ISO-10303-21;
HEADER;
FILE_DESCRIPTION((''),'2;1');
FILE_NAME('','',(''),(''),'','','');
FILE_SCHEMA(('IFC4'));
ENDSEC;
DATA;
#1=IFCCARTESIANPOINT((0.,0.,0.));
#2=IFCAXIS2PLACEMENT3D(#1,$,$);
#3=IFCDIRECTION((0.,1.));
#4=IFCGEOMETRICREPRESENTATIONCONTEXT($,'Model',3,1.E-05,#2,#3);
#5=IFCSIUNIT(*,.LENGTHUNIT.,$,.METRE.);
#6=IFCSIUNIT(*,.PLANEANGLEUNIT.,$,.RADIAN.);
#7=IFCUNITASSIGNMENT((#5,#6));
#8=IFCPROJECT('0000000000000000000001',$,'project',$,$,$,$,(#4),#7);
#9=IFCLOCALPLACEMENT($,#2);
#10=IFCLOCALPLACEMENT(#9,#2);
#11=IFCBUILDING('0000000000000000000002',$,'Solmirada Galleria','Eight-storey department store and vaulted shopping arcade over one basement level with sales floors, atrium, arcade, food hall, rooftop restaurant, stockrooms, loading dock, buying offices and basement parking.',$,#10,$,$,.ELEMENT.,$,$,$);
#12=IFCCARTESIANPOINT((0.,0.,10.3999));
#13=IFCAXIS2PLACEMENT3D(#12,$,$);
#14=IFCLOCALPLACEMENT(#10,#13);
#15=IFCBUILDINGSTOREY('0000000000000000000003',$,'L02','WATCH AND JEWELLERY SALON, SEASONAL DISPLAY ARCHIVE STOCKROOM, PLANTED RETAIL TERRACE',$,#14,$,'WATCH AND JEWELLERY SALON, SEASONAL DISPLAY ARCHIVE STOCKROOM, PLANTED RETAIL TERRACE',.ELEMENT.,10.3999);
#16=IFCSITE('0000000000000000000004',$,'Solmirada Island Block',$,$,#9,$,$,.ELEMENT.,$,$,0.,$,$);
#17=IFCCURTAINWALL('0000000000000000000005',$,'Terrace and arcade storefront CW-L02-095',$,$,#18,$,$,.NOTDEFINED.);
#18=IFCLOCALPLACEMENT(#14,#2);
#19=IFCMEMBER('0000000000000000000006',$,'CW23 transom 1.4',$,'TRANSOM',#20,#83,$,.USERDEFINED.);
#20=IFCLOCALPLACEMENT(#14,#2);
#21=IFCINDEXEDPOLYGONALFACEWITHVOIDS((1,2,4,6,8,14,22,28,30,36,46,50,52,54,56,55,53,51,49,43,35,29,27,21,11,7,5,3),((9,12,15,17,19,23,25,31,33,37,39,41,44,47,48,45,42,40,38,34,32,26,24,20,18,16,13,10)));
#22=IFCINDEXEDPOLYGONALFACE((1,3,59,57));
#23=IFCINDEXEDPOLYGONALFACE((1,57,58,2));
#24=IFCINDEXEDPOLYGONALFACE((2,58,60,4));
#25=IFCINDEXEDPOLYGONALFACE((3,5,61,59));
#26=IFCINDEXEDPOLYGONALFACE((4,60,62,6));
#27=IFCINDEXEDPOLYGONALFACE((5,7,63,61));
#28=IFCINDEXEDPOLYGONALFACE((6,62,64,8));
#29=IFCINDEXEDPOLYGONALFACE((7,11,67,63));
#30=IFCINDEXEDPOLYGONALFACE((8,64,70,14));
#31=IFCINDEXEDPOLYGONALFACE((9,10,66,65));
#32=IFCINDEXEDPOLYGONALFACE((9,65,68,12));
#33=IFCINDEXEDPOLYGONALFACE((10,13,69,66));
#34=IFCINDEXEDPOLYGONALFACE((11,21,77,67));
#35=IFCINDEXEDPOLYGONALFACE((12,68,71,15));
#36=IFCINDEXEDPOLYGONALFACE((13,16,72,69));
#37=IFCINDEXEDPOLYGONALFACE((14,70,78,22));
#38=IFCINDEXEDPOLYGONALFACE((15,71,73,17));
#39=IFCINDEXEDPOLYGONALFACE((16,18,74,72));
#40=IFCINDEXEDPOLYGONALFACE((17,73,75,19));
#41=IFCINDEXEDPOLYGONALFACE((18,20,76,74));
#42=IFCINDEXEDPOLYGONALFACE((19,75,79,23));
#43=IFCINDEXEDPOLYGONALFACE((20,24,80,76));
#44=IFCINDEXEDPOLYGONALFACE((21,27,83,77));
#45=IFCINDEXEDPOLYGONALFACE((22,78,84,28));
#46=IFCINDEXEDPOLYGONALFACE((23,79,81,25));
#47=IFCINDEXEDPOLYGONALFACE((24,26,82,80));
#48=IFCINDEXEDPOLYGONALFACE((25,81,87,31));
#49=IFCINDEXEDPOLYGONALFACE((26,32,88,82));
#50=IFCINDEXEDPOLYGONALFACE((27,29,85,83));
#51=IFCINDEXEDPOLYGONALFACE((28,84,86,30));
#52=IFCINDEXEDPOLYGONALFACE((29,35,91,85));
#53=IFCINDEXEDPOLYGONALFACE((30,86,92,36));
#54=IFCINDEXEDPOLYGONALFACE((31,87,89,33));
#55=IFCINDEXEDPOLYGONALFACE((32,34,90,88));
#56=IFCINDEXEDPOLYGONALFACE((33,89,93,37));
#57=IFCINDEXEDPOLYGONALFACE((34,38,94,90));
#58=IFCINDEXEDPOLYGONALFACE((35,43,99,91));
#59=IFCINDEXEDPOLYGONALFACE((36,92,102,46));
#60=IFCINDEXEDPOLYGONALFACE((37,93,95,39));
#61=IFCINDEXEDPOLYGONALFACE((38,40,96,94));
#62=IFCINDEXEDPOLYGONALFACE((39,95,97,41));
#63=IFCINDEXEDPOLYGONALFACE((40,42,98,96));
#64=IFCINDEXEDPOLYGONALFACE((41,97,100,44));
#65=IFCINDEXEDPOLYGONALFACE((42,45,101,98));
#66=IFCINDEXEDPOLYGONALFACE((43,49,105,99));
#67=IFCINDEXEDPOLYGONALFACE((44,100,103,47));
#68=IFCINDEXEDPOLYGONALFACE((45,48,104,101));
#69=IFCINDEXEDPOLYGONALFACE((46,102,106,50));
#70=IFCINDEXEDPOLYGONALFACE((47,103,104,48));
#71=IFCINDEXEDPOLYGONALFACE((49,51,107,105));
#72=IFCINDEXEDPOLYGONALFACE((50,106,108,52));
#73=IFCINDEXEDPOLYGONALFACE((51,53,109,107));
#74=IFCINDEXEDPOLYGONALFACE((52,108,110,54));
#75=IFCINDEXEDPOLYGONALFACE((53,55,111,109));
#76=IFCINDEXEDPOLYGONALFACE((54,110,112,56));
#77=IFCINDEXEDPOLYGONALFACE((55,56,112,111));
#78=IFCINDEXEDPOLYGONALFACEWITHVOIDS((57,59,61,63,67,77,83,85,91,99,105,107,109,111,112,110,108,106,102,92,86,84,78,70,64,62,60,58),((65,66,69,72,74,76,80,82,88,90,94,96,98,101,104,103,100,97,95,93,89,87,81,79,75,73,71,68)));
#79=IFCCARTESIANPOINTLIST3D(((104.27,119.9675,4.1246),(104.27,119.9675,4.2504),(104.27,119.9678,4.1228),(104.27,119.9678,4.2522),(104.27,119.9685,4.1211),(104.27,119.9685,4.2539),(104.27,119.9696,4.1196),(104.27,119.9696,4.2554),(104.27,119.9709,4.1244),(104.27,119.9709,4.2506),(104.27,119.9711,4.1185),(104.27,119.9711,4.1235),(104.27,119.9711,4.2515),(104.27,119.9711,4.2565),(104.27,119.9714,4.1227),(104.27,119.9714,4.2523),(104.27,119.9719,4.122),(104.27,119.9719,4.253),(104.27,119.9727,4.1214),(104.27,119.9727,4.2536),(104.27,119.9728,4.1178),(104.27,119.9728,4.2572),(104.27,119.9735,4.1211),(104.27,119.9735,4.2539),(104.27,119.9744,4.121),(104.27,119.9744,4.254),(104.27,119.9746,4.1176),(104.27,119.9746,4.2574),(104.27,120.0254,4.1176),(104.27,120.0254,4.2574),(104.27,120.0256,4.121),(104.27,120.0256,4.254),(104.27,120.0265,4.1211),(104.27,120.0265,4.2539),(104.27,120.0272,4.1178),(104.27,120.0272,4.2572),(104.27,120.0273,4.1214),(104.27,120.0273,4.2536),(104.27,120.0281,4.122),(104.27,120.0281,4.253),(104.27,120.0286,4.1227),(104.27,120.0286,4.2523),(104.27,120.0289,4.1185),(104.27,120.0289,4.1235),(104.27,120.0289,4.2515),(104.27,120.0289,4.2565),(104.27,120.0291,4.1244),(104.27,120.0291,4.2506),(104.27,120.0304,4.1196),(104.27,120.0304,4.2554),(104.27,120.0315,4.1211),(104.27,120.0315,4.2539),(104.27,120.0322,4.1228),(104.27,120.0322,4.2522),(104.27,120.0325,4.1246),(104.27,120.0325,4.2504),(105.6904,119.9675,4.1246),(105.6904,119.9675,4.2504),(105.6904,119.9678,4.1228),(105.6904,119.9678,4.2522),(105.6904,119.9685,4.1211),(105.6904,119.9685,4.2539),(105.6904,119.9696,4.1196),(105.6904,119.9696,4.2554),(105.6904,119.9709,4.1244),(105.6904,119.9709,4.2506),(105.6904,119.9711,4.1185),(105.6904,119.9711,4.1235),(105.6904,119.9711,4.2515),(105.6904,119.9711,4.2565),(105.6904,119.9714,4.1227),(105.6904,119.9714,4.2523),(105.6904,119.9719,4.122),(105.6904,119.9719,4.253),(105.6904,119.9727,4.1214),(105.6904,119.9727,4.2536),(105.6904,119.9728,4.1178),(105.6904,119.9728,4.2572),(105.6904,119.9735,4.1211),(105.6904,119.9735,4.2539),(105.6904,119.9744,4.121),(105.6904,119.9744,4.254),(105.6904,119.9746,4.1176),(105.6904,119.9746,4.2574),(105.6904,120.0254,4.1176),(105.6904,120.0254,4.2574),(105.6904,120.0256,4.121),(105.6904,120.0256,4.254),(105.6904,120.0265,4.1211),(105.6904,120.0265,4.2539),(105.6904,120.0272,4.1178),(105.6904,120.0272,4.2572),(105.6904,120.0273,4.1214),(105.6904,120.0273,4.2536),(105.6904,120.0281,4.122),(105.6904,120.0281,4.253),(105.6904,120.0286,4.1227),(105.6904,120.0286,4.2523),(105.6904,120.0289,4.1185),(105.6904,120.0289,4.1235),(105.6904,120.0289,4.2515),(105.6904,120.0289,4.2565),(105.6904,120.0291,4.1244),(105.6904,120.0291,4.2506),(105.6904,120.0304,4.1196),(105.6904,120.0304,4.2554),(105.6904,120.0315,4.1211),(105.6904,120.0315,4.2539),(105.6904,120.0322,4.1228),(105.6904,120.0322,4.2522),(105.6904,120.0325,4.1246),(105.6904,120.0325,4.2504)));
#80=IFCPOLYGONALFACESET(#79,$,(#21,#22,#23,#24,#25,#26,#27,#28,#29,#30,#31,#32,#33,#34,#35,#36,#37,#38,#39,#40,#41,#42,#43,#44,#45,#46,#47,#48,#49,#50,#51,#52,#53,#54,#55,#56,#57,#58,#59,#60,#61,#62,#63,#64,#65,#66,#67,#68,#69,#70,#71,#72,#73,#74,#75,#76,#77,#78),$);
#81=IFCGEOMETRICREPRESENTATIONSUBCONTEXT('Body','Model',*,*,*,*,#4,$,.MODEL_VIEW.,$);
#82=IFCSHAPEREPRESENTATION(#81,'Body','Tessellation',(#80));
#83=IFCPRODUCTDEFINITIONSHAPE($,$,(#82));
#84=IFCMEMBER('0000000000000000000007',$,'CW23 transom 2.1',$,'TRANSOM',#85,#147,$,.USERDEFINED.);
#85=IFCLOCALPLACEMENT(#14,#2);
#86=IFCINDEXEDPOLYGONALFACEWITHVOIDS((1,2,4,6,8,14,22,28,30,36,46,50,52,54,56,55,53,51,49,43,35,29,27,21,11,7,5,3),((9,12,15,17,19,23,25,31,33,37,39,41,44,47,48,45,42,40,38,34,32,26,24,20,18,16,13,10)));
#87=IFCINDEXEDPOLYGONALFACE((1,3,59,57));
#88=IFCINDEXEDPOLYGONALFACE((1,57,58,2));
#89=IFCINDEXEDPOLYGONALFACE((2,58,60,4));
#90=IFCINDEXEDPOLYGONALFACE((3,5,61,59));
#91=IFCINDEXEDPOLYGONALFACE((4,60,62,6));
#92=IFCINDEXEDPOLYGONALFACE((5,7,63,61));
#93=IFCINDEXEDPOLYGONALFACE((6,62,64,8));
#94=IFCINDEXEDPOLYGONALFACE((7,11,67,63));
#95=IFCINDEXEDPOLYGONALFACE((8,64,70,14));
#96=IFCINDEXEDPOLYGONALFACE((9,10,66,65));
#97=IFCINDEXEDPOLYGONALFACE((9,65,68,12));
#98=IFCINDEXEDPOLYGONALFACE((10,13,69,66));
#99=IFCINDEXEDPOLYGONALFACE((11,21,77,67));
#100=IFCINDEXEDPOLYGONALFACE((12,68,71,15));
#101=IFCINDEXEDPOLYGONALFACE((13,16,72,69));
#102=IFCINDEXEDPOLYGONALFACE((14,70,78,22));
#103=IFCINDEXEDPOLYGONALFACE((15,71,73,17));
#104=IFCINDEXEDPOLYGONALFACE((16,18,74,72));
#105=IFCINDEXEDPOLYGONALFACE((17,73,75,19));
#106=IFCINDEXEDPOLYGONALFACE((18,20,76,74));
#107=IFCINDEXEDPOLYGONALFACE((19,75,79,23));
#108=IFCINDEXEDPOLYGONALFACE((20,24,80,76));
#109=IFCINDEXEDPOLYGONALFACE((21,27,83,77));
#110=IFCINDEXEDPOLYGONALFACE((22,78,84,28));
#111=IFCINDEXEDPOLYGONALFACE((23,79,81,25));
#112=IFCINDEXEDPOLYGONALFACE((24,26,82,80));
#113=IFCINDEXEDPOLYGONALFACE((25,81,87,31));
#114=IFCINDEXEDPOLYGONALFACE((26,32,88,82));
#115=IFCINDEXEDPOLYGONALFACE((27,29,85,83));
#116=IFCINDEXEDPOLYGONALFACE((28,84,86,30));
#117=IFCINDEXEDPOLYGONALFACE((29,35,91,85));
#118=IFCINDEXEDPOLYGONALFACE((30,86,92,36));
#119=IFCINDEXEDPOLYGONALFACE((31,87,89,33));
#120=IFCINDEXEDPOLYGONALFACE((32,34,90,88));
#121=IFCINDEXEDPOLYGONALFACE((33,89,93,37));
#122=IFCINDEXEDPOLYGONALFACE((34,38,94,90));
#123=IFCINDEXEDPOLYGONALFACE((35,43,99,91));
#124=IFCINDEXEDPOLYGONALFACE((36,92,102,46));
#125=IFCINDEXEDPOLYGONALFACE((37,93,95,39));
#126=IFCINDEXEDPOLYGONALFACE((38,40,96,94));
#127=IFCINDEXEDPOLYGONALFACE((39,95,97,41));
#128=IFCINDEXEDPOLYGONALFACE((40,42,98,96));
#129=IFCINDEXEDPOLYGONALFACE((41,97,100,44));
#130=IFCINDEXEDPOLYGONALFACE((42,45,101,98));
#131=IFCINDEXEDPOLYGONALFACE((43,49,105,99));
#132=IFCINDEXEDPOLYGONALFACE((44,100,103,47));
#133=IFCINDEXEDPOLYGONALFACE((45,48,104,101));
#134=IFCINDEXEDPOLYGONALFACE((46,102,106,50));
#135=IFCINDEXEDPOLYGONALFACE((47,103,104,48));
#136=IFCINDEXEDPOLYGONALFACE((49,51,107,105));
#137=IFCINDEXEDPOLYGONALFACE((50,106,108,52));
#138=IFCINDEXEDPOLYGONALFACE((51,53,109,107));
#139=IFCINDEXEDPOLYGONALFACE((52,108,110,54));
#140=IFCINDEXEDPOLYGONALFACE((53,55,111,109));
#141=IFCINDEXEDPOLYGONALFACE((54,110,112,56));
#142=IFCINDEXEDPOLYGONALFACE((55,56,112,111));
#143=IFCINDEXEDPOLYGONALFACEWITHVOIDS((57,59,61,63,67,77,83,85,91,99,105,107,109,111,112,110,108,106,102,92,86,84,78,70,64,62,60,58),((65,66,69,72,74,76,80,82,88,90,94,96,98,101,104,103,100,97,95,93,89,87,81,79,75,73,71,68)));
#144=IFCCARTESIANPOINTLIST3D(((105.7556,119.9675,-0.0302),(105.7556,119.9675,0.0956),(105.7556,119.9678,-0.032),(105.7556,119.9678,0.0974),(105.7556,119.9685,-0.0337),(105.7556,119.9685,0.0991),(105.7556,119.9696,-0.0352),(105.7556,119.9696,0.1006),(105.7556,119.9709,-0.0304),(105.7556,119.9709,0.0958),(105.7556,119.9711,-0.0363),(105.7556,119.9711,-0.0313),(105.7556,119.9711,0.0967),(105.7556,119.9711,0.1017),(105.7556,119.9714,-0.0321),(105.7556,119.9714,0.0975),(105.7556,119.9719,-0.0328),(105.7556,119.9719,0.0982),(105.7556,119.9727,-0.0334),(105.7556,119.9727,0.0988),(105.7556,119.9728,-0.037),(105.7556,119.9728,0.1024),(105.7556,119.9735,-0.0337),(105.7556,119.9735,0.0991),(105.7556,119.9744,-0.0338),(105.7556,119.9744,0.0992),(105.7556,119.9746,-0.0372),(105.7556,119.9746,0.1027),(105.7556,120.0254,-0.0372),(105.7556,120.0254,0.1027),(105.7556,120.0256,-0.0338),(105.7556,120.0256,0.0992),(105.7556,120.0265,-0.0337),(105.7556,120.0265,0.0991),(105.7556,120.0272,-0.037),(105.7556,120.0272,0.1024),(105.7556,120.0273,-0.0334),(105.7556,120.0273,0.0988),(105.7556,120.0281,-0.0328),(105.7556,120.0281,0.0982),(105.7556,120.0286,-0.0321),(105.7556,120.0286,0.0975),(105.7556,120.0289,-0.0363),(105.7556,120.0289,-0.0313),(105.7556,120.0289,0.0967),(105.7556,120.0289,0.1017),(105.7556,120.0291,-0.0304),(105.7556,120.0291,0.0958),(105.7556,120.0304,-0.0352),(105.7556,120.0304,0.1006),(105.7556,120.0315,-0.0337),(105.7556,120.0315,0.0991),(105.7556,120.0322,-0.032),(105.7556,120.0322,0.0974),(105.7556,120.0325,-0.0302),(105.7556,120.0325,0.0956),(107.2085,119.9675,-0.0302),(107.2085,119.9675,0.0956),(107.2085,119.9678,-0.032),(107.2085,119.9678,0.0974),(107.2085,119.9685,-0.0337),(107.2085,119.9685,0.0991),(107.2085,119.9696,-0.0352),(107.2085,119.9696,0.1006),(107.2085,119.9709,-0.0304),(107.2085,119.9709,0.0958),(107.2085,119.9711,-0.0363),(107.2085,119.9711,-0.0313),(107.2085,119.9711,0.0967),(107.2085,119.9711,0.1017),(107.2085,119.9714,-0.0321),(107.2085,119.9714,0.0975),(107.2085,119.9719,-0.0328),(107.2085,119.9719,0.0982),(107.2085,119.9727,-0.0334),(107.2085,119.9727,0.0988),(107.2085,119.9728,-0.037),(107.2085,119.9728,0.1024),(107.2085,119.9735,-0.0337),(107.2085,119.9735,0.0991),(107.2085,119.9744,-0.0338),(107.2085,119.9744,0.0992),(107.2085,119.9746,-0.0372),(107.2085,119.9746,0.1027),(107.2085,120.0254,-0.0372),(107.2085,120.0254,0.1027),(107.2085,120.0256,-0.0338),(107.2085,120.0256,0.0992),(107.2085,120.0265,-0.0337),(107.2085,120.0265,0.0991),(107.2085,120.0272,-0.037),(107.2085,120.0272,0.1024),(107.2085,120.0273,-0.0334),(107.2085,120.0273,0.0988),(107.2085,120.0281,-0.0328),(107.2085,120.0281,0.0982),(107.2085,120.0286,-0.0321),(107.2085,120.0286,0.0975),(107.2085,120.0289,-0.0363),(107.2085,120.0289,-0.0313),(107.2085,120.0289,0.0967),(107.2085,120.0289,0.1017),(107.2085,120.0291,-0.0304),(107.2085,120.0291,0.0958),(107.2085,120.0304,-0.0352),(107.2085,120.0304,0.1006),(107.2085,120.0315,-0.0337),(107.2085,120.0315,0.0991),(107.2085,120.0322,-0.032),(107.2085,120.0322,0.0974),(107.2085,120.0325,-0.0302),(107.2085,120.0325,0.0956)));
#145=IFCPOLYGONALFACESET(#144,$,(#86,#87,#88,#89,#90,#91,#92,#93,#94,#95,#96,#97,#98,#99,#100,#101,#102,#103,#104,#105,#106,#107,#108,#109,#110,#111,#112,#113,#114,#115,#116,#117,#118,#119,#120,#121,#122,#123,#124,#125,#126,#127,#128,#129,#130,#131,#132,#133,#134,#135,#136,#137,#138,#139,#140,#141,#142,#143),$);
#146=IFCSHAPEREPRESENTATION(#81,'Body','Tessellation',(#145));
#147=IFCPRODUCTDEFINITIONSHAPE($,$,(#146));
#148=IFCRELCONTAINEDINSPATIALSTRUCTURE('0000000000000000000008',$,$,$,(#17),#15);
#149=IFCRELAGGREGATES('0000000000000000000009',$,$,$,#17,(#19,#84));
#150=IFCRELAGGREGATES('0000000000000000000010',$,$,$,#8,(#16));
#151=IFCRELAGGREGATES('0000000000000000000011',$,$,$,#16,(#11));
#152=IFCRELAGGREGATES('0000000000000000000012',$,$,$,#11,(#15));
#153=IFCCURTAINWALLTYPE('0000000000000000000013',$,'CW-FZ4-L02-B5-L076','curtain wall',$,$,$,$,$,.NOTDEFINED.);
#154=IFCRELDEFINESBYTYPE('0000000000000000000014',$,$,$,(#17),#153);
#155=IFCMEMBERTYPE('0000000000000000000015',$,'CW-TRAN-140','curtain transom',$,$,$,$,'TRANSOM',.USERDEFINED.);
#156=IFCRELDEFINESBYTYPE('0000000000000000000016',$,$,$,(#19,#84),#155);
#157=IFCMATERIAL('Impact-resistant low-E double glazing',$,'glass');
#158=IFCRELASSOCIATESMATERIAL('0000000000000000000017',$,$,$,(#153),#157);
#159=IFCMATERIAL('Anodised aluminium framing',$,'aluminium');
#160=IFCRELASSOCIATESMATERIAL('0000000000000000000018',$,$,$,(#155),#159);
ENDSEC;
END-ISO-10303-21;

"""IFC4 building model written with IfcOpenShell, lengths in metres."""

from ifc_helpers import new_model, si_unit, direction, frame, origin, origin_2d, place, context, subcontext, project, spatial, hollow_rectangle, extrude, material, material_profile, profile_set, type_object, element, aggregate, save


model = new_model("IFC4")

# Units and contexts
model_context = context("Model", 3, precision=1e-05, world=origin(), true_north=direction((0.0, 1.0)))
body_context = subcontext(model_context, "Body", "Model", "MODEL_VIEW")
ifc_project = project(units=[si_unit("LENGTHUNIT", "METRE"), si_unit("PLANEANGLEUNIT", "RADIAN")], contexts=[model_context])

# Site, building, storey
site_placement = place(None, origin())
site = spatial("IfcSite", under=ifc_project, at=site_placement, Name="Solmirada Island Block", CompositionType="ELEMENT", RefElevation=0.0)
building_placement = place(site_placement, origin())
building = spatial("IfcBuilding", under=site, at=building_placement, Name="Solmirada Galleria", Description="Eight-storey department store and vaulted shopping arcade over one basement level with sales floors, atrium, arcade, food hall, rooftop restaurant, stockrooms, loading dock, buying offices and basement parking.", CompositionType="ELEMENT")
storey_placement = place(building_placement, frame((0.0, 0.0, 10.3999)))
storey = spatial("IfcBuildingStorey", under=building, at=storey_placement, Name="L02", Description="WATCH AND JEWELLERY SALON, SEASONAL DISPLAY ARCHIVE STOCKROOM, PLANTED RETAIL TERRACE", LongName="WATCH AND JEWELLERY SALON, SEASONAL DISPLAY ARCHIVE STOCKROOM, PLANTED RETAIL TERRACE", CompositionType="ELEMENT", Elevation=10.3999)

# Curtain wall
ifc_material_1 = material(Name="Impact-resistant low-E double glazing", Category="glass")
curtain_wall_type = type_object("IfcCurtainWallType", Name="CW-FZ4-L02-B5-L076", Description="curtain wall", PredefinedType="NOTDEFINED", material=ifc_material_1)
ifc_material_2 = material(Name="Anodised aluminium framing", Category="aluminium")
curtain_wall_1_placement = place(storey_placement, origin())
curtain_wall_1 = element("IfcCurtainWall", 1, at=curtain_wall_1_placement, inside=storey, type_object=curtain_wall_type, Name="Terrace and arcade storefront CW-L02-095", PredefinedType="NOTDEFINED")

# Members
ifc_material_profile_1 = material_profile(ifc_material_2, hollow_rectangle(XDim=0.0649, YDim=0.1399, WallThickness=0.0034, InnerFilletRadius=0.0034, OuterFilletRadius=0.0071, at=origin_2d()), Name="ALU-TRAN-140X65")
ifc_profile_set_1 = profile_set([ifc_material_profile_1], Name="Anodised aluminium framing")
member_type_1 = type_object("IfcMemberType", Name="CW-TRAN-140", Description="curtain transom", ElementType="TRANSOM", PredefinedType="USERDEFINED", material=ifc_profile_set_1)
member_1_placement = place(storey_placement, frame((104.27, 120.0, 4.1875), z_axis=(1.0, 0.0, 0.0), x_axis=(0.0, 1.0, 0.0)))
member_1 = element("IfcMember", 2, at=member_1_placement, type_object=member_type_1, Name="CW23 transom 1.4", ObjectType="TRANSOM", PredefinedType="USERDEFINED", context=body_context, shape_type="SweptSolid", body=[
    extrude(hollow_rectangle(XDim=0.0649, YDim=0.1399, WallThickness=0.0034, InnerFilletRadius=0.0034, OuterFilletRadius=0.0071, at=origin_2d()), origin(), (0.0, 0.0, 1.0), 1.4204),
])
member_2_placement = place(storey_placement, frame((105.7556, 120.0, 0.0327), z_axis=(1.0, 0.0, 0.0), x_axis=(0.0, 1.0, 0.0)))
member_2 = element("IfcMember", 3, at=member_2_placement, type_object=member_type_1, Name="CW23 transom 2.1", ObjectType="TRANSOM", PredefinedType="USERDEFINED", context=body_context, shape_type="SweptSolid", body=[
    extrude(hollow_rectangle(XDim=0.0649, YDim=0.1399, WallThickness=0.0034, InnerFilletRadius=0.0034, OuterFilletRadius=0.0071, at=origin_2d()), origin(), (0.0, 0.0, 1.0), 1.4529),
])

aggregate(curtain_wall_1, [member_1, member_2])

save(model, "model.ifc")
